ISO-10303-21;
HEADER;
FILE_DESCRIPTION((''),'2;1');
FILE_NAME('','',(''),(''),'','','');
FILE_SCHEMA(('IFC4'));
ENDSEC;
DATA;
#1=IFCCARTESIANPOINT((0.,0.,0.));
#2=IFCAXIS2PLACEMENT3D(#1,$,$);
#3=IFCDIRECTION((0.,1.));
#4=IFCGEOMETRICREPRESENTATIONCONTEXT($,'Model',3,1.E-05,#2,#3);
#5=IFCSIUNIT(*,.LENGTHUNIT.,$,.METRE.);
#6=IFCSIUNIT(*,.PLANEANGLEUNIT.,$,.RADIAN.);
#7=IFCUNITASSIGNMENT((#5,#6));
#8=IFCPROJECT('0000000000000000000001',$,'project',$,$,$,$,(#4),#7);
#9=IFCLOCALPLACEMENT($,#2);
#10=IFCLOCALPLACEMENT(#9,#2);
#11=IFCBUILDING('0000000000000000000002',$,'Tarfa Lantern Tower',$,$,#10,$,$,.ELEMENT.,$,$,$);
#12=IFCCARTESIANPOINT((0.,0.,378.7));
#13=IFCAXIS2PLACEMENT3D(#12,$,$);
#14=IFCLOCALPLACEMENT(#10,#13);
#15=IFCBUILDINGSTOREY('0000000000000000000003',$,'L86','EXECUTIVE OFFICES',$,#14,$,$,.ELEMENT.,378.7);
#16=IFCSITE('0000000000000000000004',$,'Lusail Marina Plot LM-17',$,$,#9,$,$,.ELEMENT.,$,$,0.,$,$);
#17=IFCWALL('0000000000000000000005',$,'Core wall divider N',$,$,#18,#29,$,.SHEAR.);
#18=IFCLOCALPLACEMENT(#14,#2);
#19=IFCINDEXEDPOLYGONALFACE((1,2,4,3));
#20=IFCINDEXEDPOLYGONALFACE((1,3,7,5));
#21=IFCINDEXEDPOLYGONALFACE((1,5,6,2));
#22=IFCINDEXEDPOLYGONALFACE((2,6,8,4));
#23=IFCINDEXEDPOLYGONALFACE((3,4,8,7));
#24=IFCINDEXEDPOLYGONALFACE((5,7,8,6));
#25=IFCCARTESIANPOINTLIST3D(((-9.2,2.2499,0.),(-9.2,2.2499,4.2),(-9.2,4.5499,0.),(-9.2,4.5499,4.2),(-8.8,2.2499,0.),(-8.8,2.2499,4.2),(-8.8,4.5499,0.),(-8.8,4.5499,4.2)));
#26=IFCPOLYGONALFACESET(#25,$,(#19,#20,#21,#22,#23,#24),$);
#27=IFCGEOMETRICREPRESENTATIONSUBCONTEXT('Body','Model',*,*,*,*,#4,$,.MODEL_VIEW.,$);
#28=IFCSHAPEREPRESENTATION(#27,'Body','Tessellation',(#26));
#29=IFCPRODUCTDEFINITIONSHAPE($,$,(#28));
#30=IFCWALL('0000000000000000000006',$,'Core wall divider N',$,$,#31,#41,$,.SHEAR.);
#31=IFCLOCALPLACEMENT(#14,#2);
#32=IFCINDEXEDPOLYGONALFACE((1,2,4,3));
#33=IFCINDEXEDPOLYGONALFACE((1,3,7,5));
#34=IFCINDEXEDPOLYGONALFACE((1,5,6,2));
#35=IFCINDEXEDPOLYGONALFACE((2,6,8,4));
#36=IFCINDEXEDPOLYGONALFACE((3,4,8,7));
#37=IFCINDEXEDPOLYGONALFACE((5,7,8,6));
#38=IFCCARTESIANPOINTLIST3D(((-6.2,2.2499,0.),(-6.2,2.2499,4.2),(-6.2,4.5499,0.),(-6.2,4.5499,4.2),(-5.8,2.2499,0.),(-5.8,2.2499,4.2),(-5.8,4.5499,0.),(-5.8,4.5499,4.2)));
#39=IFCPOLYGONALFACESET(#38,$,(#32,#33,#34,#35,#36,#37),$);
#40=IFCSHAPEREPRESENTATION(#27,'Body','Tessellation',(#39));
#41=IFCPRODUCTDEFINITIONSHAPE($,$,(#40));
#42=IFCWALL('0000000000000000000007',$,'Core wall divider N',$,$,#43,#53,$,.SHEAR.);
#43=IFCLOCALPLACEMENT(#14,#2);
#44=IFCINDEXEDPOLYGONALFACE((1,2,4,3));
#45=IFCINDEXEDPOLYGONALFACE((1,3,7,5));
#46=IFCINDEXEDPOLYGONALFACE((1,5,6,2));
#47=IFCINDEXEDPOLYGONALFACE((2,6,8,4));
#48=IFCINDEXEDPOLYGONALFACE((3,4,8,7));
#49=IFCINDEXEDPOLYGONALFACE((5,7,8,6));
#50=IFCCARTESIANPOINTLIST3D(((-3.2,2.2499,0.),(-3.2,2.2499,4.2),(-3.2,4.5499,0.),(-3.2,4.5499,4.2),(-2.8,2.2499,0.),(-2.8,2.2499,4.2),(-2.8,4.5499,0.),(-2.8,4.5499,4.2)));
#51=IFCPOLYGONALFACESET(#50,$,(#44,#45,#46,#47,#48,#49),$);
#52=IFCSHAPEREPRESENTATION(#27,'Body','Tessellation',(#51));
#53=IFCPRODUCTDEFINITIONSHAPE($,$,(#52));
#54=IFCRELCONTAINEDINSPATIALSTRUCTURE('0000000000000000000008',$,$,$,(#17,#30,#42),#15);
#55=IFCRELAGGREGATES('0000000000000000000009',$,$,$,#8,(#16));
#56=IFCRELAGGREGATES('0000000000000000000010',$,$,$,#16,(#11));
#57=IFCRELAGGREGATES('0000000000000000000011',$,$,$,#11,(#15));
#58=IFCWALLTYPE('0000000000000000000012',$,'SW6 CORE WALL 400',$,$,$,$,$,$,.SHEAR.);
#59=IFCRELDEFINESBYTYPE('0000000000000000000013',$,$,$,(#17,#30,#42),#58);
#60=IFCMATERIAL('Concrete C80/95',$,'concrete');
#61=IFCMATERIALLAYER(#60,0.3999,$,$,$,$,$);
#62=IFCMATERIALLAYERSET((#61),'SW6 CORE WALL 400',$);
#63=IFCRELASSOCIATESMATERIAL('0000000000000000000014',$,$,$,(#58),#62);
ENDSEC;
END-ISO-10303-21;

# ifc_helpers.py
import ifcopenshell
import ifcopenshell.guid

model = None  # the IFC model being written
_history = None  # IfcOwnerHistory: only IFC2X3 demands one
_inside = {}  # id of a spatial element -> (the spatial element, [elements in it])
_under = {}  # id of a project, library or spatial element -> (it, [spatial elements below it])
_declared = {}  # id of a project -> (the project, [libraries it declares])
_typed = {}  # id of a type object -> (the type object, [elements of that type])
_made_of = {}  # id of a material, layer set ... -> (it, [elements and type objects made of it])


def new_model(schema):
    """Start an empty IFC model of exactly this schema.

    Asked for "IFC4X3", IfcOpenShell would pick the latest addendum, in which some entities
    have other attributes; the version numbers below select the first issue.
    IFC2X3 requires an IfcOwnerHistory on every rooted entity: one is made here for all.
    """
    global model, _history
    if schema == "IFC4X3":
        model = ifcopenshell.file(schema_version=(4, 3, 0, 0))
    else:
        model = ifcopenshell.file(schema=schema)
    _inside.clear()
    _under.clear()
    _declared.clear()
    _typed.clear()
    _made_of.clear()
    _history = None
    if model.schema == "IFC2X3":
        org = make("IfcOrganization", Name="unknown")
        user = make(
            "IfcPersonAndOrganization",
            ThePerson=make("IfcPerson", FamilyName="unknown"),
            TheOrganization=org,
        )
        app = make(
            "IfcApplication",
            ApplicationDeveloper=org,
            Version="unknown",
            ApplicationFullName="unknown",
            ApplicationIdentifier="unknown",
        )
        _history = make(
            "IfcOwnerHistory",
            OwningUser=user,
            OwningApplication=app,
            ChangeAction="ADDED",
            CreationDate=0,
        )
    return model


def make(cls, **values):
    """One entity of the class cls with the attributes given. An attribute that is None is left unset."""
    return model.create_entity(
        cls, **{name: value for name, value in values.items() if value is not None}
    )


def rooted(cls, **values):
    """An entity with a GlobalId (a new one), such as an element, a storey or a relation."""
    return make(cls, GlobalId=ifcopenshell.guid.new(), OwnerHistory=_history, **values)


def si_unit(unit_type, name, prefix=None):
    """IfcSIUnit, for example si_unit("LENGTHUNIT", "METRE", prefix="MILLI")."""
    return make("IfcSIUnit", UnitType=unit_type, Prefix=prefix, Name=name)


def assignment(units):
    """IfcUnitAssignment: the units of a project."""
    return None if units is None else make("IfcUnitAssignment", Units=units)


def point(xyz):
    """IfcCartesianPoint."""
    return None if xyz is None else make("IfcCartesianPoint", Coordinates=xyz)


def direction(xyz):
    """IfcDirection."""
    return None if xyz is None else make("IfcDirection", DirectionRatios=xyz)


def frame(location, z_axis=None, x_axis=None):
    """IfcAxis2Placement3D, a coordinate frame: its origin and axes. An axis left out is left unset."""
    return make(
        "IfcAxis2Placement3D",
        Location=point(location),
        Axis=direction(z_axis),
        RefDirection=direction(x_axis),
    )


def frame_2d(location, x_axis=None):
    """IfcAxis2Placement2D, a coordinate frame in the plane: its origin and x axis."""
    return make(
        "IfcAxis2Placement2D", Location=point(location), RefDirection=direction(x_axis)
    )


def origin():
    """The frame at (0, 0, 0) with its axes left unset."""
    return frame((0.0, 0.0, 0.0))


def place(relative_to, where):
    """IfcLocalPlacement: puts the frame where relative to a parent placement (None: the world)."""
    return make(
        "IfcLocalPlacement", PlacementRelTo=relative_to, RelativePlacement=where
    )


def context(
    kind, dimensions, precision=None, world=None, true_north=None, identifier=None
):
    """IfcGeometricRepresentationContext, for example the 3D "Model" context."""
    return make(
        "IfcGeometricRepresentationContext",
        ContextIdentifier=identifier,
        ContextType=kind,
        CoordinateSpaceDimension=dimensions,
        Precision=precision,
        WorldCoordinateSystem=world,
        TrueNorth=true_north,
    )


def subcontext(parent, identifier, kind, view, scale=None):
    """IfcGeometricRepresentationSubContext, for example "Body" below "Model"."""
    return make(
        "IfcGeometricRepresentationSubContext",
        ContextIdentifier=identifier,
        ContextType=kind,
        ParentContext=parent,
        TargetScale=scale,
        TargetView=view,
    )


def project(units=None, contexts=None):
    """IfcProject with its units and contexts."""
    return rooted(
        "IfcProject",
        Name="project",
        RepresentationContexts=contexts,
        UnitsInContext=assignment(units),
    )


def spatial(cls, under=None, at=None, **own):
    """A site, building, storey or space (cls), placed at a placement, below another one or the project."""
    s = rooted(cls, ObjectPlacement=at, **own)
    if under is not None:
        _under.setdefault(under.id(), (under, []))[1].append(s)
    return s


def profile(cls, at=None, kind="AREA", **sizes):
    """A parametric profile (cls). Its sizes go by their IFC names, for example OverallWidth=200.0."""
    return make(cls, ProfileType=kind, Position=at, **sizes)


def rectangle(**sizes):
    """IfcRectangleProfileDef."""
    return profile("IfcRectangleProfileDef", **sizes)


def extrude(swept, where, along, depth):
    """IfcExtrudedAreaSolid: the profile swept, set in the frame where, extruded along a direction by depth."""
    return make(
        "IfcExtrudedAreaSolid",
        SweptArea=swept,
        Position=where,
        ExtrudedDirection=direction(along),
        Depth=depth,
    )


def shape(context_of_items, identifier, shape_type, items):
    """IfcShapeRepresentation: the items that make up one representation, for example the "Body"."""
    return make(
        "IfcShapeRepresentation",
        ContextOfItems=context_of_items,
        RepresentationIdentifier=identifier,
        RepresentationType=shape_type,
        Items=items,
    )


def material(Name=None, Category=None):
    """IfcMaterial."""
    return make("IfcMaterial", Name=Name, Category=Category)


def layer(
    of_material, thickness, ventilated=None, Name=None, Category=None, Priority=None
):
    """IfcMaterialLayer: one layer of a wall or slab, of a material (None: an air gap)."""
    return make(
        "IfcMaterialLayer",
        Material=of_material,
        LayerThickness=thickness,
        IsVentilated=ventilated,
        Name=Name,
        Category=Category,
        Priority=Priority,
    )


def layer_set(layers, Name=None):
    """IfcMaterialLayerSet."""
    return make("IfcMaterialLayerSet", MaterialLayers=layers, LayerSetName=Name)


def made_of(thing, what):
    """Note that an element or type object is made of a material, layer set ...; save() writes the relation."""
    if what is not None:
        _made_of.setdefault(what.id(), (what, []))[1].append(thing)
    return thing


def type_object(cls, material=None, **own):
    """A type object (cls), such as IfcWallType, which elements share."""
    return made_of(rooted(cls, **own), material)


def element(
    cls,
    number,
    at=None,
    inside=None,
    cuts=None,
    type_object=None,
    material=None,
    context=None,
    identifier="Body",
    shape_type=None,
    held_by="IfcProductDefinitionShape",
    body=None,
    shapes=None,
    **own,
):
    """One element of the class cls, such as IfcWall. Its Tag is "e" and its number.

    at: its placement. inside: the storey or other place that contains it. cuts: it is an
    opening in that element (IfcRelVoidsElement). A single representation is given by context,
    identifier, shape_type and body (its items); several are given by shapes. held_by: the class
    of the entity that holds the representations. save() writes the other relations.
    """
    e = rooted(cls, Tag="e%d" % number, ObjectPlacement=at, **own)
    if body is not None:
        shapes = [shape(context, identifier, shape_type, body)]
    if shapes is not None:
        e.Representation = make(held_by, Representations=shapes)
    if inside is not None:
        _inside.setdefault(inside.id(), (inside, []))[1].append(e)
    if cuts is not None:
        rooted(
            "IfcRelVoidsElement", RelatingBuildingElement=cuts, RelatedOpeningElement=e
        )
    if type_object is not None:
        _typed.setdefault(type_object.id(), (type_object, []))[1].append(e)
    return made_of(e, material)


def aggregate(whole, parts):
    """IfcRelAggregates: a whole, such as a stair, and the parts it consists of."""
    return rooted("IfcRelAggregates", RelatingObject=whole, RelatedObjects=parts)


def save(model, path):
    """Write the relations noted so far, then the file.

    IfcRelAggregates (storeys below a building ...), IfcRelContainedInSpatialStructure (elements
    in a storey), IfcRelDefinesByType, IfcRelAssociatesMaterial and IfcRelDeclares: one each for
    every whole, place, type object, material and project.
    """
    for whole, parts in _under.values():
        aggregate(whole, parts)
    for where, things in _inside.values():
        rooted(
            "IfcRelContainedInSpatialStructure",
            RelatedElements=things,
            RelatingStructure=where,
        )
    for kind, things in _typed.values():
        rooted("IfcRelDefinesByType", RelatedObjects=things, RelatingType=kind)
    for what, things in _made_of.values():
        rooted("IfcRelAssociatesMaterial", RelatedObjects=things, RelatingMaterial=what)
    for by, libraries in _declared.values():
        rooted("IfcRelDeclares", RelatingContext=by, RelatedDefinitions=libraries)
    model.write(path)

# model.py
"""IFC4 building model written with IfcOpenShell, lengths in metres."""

from ifc_helpers import new_model, si_unit, direction, frame, frame_2d, origin, place, context, subcontext, project, spatial, rectangle, extrude, material, layer, layer_set, type_object, element, save


model = new_model("IFC4")

# Units and contexts
model_context = context("Model", 3, precision=1e-05, world=origin(), true_north=direction((0.0, 1.0)))
body_context = subcontext(model_context, "Body", "Model", "MODEL_VIEW")
ifc_project = project(units=[si_unit("LENGTHUNIT", "METRE"), si_unit("PLANEANGLEUNIT", "RADIAN")], contexts=[model_context])

# Site, building, storey
site_placement = place(None, origin())
site = spatial("IfcSite", under=ifc_project, at=site_placement, Name="Lusail Marina Plot LM-17", CompositionType="ELEMENT", RefElevation=0.0)
building_placement = place(site_placement, origin())
building = spatial("IfcBuilding", under=site, at=building_placement, Name="Tarfa Lantern Tower", CompositionType="ELEMENT")
storey_placement = place(building_placement, frame((0.0, 0.0, 378.7)))
storey = spatial("IfcBuildingStorey", under=building, at=storey_placement, Name="L86", Description="EXECUTIVE OFFICES", CompositionType="ELEMENT", Elevation=378.7)

# Shared definitions
ifc_material_1 = material(Name="Concrete C80/95", Category="concrete")

# Walls
ifc_layer_1 = layer(ifc_material_1, 0.3999)
ifc_layer_set_1 = layer_set([ifc_layer_1], Name="SW6 CORE WALL 400")
wall_type_1 = type_object("IfcWallType", Name="SW6 CORE WALL 400", PredefinedType="SHEAR", material=ifc_layer_set_1)
for number, where, z_axis, x_axis, name in (
    (1, (-9.0, 2.25, 0.0), (0.0, 0.0, 1.0), (0.0, 1.0, 0.0), "Core wall divider N"),
    (2, (-6.0, 2.25, 0.0), (0.0, 0.0, 1.0), (0.0, 1.0, 0.0), "Core wall divider N"),
    (3, (-3.0, 2.25, 0.0), (0.0, 0.0, 1.0), (0.0, 1.0, 0.0), "Core wall divider N"),
):
    element("IfcWall", number, at=place(storey_placement, frame(where, z_axis=z_axis, x_axis=x_axis)), inside=storey, type_object=wall_type_1, Name=name, PredefinedType="SHEAR", context=body_context, shape_type="SweptSolid", body=[
        extrude(rectangle(XDim=2.3, YDim=0.3999, at=frame_2d((1.1499, 0.0))), origin(), (0.0, 0.0, 1.0), 4.2),
    ])

save(model, "model.ifc")
